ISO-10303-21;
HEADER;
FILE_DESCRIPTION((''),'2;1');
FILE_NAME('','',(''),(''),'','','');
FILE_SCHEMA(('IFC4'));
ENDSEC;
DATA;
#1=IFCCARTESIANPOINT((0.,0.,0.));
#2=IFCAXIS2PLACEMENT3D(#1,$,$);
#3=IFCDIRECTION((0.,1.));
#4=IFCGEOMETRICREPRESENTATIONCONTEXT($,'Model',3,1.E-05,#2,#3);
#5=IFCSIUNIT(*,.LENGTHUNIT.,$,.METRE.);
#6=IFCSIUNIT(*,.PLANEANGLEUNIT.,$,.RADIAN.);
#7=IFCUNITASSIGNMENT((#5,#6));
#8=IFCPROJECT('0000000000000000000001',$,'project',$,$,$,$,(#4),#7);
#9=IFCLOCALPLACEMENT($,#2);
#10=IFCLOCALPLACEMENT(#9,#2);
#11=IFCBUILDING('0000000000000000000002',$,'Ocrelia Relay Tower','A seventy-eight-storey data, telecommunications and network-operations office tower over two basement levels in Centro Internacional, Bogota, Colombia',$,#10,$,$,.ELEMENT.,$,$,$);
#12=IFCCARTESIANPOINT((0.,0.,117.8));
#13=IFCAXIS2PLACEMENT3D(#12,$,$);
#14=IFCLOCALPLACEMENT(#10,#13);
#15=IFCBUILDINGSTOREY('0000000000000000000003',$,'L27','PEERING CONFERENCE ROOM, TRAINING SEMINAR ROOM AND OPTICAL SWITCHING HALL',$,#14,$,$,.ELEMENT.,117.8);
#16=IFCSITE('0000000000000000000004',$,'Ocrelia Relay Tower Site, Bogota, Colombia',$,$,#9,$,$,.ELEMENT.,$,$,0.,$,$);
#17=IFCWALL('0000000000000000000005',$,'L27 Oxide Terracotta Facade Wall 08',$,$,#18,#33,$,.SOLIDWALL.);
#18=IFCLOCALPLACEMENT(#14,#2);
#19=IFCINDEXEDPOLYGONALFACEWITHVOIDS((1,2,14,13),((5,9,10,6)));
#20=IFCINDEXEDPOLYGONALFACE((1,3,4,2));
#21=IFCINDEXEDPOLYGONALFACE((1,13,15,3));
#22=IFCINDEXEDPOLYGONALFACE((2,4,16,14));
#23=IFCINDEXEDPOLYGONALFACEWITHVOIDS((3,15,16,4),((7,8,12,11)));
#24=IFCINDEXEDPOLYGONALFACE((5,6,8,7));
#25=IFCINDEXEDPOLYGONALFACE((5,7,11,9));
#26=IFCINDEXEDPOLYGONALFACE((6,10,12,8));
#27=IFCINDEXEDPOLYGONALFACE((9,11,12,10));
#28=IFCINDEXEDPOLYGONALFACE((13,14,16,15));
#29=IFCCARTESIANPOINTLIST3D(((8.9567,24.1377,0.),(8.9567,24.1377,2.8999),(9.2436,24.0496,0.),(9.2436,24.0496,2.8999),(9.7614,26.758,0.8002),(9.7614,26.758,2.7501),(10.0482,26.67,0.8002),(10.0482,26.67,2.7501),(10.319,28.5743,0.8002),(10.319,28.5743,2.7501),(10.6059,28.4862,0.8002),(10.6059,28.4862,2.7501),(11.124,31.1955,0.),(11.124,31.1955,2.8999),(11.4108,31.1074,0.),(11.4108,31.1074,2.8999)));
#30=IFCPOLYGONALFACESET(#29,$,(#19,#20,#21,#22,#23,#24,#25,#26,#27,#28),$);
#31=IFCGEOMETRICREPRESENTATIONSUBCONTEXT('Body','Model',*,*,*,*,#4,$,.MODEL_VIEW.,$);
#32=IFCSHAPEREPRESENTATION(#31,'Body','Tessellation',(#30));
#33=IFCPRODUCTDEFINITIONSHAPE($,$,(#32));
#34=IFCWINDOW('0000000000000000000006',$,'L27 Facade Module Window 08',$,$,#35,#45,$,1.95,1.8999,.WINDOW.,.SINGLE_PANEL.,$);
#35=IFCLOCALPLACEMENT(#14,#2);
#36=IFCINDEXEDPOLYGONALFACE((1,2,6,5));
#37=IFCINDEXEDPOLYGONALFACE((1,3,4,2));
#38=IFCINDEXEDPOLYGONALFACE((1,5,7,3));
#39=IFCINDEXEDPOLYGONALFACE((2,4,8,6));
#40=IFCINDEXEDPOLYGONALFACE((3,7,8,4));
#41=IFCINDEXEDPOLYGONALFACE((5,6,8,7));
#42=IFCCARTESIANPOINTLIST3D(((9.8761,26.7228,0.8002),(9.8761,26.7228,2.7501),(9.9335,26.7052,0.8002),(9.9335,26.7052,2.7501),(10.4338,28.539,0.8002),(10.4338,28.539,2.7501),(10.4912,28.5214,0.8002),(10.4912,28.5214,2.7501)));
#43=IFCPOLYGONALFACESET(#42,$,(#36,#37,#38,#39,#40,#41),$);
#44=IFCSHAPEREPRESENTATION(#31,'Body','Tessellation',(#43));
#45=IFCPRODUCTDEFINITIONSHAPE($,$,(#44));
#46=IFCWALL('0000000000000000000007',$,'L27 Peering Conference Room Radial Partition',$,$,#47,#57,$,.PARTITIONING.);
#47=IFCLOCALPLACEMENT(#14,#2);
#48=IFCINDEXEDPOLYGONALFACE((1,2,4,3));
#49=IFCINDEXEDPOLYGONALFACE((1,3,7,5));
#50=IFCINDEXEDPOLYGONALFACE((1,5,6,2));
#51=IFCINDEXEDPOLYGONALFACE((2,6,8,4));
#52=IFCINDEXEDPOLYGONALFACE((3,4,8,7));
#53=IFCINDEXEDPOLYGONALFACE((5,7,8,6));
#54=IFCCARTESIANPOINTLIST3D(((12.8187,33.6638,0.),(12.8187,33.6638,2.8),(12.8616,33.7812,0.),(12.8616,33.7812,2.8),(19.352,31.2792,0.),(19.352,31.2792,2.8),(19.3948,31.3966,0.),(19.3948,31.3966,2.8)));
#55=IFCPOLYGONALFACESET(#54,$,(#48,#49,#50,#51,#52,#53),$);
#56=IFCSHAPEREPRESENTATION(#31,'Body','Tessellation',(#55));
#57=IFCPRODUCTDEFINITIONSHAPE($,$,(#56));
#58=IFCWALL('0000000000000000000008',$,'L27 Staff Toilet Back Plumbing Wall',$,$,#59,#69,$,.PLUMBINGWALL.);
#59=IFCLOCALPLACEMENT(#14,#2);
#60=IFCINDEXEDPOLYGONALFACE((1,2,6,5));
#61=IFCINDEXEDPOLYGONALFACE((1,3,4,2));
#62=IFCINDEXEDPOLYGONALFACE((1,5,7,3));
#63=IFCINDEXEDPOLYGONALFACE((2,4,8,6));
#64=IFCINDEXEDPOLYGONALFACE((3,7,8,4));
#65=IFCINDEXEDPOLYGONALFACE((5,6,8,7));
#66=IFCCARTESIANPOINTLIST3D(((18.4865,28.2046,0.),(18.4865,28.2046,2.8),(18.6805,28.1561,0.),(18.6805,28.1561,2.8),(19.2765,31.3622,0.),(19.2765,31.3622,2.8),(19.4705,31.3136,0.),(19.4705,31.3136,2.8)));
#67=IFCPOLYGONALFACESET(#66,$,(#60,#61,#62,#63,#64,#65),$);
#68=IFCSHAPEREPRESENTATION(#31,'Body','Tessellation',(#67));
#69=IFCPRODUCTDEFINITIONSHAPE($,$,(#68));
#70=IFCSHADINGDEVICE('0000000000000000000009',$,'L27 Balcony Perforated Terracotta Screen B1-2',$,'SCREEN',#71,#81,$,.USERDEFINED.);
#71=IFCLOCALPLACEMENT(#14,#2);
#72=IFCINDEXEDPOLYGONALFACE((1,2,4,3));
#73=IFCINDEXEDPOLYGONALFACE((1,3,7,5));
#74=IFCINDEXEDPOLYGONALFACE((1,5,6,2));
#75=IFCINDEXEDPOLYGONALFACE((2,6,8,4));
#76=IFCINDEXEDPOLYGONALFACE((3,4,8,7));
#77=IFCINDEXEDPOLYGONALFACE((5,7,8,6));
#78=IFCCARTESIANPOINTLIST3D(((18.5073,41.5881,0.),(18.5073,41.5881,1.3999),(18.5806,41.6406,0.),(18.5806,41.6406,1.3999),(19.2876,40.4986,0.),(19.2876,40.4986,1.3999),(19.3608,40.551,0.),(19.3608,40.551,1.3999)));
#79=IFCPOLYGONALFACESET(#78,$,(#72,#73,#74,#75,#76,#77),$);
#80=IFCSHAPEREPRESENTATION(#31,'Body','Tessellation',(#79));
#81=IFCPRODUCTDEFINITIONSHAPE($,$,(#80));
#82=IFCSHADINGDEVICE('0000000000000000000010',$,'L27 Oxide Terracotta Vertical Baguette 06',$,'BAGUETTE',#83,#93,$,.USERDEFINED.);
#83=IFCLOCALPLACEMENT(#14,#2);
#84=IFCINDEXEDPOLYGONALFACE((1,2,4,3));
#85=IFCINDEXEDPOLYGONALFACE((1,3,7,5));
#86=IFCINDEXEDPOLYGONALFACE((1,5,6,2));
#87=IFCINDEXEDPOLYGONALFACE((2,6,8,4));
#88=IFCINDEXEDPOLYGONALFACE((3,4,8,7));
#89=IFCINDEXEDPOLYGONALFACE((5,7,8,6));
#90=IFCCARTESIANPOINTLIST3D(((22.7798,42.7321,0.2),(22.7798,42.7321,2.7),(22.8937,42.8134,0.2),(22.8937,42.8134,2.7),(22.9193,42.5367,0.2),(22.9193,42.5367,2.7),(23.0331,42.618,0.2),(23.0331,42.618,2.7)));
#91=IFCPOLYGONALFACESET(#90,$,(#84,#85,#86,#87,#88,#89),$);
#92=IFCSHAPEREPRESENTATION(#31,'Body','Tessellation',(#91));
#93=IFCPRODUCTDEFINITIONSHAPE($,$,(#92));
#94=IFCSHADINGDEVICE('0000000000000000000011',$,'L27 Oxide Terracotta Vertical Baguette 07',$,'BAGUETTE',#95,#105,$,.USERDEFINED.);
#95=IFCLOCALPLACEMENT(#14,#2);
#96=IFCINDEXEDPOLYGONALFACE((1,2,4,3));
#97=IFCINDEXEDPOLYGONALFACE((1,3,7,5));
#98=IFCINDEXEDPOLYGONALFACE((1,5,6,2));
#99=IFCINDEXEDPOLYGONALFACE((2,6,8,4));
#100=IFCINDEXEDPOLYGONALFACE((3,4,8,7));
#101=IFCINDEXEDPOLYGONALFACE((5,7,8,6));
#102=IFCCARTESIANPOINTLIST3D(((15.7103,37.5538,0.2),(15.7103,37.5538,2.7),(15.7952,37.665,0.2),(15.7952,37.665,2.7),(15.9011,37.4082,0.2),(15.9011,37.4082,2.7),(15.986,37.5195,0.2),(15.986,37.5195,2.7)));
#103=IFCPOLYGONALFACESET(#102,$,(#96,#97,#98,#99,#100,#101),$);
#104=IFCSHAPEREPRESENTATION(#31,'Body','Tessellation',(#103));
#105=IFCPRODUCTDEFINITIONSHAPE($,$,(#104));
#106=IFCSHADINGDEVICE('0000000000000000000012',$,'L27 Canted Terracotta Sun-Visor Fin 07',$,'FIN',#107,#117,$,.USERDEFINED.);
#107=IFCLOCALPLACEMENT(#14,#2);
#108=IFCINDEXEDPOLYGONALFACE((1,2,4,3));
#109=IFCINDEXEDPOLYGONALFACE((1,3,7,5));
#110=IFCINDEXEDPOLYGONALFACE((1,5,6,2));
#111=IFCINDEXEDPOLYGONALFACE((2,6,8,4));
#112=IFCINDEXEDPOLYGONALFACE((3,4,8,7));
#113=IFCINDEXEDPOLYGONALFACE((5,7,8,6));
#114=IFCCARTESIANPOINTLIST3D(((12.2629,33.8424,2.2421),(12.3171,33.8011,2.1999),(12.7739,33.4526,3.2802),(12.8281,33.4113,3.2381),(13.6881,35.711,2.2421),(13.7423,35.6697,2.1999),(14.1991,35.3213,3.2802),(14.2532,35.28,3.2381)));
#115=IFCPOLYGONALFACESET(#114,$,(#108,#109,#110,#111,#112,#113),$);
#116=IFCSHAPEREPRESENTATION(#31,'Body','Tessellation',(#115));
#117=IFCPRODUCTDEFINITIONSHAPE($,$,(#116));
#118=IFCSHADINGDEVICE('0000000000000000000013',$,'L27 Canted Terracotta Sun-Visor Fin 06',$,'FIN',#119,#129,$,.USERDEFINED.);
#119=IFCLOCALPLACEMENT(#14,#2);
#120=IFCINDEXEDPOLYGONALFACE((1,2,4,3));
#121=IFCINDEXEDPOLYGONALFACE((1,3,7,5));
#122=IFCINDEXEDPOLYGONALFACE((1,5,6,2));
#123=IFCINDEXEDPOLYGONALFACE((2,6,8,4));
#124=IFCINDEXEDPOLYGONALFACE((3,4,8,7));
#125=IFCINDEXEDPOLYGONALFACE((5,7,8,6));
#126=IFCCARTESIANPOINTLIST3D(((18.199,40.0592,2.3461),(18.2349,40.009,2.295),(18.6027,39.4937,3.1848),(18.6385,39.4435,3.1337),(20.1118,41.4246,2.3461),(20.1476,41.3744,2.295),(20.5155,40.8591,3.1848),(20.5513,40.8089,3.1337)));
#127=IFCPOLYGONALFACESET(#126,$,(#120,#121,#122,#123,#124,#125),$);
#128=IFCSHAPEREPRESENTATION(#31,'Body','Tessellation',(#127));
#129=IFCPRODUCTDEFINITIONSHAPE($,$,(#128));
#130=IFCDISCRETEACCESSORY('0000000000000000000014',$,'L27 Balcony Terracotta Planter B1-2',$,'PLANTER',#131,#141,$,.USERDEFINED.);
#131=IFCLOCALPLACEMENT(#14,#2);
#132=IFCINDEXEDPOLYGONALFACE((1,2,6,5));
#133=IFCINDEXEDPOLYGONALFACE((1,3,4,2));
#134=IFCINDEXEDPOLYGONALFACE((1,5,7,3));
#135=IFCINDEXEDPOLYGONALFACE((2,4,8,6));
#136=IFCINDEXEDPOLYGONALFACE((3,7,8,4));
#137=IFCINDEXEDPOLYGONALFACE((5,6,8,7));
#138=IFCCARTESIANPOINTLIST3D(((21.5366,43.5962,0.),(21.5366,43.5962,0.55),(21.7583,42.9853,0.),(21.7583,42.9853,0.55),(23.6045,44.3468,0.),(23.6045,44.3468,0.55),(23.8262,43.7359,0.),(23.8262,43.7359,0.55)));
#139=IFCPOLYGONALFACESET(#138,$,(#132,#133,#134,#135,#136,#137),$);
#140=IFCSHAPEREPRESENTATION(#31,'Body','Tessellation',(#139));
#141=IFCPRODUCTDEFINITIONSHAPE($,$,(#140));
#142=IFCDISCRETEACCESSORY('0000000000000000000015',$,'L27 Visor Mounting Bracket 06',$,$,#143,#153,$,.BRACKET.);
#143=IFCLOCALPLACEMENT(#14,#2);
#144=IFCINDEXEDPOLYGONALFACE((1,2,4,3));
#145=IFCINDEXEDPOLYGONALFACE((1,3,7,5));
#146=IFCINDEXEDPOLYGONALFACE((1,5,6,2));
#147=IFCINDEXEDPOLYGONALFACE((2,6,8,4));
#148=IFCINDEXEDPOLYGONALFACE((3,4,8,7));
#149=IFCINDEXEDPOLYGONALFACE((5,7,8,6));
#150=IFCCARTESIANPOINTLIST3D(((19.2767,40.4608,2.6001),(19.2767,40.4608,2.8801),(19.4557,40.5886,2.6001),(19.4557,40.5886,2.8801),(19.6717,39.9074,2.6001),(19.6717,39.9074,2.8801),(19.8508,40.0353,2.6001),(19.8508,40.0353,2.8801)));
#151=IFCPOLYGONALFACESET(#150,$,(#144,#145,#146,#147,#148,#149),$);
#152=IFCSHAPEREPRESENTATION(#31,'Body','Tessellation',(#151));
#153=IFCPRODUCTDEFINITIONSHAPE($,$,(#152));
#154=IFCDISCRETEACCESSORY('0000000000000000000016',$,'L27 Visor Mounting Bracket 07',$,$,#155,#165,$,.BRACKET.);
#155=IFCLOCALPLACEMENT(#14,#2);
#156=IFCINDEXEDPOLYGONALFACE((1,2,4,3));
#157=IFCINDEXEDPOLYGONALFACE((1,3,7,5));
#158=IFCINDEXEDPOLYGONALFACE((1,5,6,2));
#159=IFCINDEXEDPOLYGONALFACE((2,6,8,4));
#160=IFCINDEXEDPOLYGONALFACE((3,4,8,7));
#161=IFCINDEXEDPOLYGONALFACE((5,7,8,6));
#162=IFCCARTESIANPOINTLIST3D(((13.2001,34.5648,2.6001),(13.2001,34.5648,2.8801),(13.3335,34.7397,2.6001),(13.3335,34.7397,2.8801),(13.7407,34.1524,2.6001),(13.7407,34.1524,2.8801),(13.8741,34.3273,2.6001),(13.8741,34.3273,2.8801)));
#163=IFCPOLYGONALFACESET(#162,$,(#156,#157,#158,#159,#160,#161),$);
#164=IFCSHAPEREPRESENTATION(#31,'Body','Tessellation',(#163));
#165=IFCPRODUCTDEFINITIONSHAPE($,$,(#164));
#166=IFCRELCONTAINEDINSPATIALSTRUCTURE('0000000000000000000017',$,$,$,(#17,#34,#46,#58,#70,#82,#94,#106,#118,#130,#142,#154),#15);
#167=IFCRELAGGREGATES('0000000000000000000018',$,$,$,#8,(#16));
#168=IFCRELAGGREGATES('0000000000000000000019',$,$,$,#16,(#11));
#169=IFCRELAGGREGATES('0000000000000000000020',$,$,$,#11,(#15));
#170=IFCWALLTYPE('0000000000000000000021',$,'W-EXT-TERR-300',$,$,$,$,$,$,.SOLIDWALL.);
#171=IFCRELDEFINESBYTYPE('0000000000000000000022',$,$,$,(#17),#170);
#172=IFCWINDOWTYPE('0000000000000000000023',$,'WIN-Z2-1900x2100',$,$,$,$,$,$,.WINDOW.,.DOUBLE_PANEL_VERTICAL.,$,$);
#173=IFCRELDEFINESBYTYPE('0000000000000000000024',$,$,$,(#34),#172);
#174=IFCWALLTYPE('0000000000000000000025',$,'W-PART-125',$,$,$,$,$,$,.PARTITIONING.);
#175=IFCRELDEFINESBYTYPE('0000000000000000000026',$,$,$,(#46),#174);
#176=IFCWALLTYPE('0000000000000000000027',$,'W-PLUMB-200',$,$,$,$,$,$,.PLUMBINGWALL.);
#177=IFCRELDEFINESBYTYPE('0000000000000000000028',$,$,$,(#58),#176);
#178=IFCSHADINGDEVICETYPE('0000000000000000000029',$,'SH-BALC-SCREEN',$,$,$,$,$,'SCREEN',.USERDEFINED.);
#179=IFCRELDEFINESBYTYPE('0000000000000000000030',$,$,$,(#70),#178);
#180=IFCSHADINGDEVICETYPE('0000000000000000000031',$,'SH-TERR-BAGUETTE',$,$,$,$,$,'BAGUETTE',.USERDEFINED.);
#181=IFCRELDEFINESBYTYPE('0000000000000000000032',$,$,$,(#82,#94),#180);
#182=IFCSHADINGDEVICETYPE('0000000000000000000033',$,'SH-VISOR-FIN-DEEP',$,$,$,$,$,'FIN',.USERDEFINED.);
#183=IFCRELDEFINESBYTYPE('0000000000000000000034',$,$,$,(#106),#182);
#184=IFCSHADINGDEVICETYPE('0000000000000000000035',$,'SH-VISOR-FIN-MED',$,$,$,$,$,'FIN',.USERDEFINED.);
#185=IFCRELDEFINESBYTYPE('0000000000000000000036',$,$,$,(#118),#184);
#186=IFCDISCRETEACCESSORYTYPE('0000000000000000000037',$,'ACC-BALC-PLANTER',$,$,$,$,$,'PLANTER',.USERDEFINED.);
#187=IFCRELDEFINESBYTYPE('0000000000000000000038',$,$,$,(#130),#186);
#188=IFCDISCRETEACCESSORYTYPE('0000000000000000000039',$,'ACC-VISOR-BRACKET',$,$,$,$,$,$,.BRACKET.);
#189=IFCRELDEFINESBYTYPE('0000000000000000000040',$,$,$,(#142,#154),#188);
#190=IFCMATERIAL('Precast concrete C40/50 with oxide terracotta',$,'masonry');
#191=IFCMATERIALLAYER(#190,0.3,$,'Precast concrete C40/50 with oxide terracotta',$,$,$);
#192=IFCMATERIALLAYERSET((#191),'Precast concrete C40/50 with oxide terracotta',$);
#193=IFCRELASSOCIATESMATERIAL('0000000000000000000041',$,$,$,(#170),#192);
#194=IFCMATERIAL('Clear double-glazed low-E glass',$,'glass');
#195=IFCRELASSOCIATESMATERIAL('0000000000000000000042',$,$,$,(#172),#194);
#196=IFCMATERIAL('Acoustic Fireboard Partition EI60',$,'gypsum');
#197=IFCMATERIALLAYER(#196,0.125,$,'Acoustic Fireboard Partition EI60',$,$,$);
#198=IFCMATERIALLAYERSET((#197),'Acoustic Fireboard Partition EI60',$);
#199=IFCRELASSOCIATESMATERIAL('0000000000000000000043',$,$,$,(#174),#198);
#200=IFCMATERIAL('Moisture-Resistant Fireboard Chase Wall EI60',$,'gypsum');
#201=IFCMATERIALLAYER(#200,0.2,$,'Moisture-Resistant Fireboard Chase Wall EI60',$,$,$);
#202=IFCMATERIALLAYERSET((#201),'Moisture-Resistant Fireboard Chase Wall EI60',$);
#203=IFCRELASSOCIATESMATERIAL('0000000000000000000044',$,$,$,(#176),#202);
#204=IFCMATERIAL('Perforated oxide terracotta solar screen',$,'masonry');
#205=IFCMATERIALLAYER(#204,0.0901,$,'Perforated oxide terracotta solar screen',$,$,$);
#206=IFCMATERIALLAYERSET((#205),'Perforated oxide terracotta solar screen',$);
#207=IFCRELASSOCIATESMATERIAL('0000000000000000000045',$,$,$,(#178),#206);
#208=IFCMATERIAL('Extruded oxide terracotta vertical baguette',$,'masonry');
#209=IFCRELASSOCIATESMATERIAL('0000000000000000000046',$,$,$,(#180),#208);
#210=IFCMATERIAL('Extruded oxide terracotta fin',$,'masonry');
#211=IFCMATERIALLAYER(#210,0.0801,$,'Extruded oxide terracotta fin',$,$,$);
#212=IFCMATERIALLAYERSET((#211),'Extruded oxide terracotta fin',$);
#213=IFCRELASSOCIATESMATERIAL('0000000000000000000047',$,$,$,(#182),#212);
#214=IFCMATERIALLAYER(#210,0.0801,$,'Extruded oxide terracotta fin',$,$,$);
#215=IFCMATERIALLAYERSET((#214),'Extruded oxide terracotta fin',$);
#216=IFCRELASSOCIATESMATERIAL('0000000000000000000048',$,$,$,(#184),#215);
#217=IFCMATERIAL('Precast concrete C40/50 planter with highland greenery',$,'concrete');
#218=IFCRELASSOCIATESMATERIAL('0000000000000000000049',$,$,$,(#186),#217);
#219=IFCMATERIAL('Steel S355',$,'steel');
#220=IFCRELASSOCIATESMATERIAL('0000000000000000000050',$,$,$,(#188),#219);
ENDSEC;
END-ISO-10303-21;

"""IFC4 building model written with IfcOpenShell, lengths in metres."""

from ifc_helpers import new_model, si_unit, direction, frame, frame_2d, origin, origin_2d, place, context, subcontext, project, spatial, rectangle, extrude, material, layer, layer_set, type_object, element, fill, save


model = new_model("IFC4")

# Units and contexts
model_context = context("Model", 3, precision=1e-05, world=origin(), true_north=direction((0.0, 1.0)))
body_context = subcontext(model_context, "Body", "Model", "MODEL_VIEW")
ifc_project = project(units=[si_unit("LENGTHUNIT", "METRE"), si_unit("PLANEANGLEUNIT", "RADIAN")], contexts=[model_context])

# Site, building, storey
site_placement = place(None, origin())
site = spatial("IfcSite", under=ifc_project, at=site_placement, Name="Ocrelia Relay Tower Site, Bogota, Colombia", CompositionType="ELEMENT", RefElevation=0.0)
building_placement = place(site_placement, origin())
building = spatial("IfcBuilding", under=site, at=building_placement, Name="Ocrelia Relay Tower", Description="A seventy-eight-storey data, telecommunications and network-operations office tower over two basement levels in Centro Internacional, Bogota, Colombia", CompositionType="ELEMENT")
storey_placement = place(building_placement, frame((0.0, 0.0, 117.8)))
storey = spatial("IfcBuildingStorey", under=building, at=storey_placement, Name="L27", Description="PEERING CONFERENCE ROOM, TRAINING SEMINAR ROOM AND OPTICAL SWITCHING HALL", CompositionType="ELEMENT", Elevation=117.8)

# Shared definitions
ifc_material_1 = material(Name="Steel S355", Category="steel")

# Wall, opening, window
ifc_material_2 = material(Name="Precast concrete C40/50 with oxide terracotta", Category="masonry")
ifc_layer_1 = layer(ifc_material_2, 0.3, Name="Precast concrete C40/50 with oxide terracotta")
ifc_layer_set_1 = layer_set([ifc_layer_1], Name="Precast concrete C40/50 with oxide terracotta")
wall_type_1 = type_object("IfcWallType", Name="W-EXT-TERR-300", PredefinedType="SOLIDWALL", material=ifc_layer_set_1)
ifc_material_3 = material(Name="Clear double-glazed low-E glass", Category="glass")
window_type = type_object("IfcWindowType", Name="WIN-Z2-1900x2100", PartitioningType="DOUBLE_PANEL_VERTICAL", PredefinedType="WINDOW", material=ifc_material_3)
wall_1_placement = place(storey_placement, frame((11.2673, 31.1514, 0.0), z_axis=(0.0, 0.0, 1.0), x_axis=(-0.29354, -0.955947, 0.0)))
wall_1 = element("IfcWall", 1, at=wall_1_placement, inside=storey, type_object=wall_type_1, Name="L27 Oxide Terracotta Facade Wall 08", PredefinedType="SOLIDWALL", context=body_context, shape_type="SweptSolid", body=[
    extrude(rectangle(XDim=7.3831, YDim=0.3, at=frame_2d((3.6914, 0.0))), origin(), (0.0, 0.0, 1.0), 2.8999),
])
opening_1_placement = place(wall_1_placement, frame((2.7419, 0.0, 0.8)))
opening_1 = element("IfcOpeningElement", 2, at=opening_1_placement, cuts=wall_1, PredefinedType="OPENING", context=body_context, shape_type="SweptSolid", body=[
    extrude(rectangle(XDim=1.8999, YDim=1.95, at=frame_2d((0.95, 0.9751))), frame((0.0, 0.1602, 0.0), z_axis=(0.0, -1.0, 0.0), x_axis=(1.0, 0.0, 0.0)), (0.0, 0.0, 1.0), 0.3201),
])
window_1_placement = place(opening_1_placement, origin())
window_1 = element("IfcWindow", 3, at=window_1_placement, inside=storey, type_object=window_type, Name="L27 Facade Module Window 08", OverallHeight=1.95, OverallWidth=1.8999, PartitioningType="SINGLE_PANEL", PredefinedType="WINDOW", context=body_context, shape_type="SweptSolid", body=[
    extrude(rectangle(XDim=1.8999, YDim=1.95, at=frame_2d((0.95, 0.9751))), frame((0.0, 0.03, 0.0), z_axis=(0.0, -1.0, 0.0), x_axis=(1.0, 0.0, 0.0)), (0.0, 0.0, 1.0), 0.0601),
])
fill(opening_1, window_1)

# Walls
ifc_material_4 = material(Name="Acoustic Fireboard Partition EI60", Category="gypsum")
ifc_layer_2 = layer(ifc_material_4, 0.125, Name="Acoustic Fireboard Partition EI60")
ifc_layer_set_2 = layer_set([ifc_layer_2], Name="Acoustic Fireboard Partition EI60")
wall_type_2 = type_object("IfcWallType", Name="W-PART-125", PredefinedType="PARTITIONING", material=ifc_layer_set_2)
wall_2_placement = place(storey_placement, frame((19.3735, 31.3379, 0.0), z_axis=(0.0, 0.0, 1.0), x_axis=(-0.939386, 0.342862, 0.0)))
element("IfcWall", 4, at=wall_2_placement, inside=storey, type_object=wall_type_2, Name="L27 Peering Conference Room Radial Partition", PredefinedType="PARTITIONING", context=body_context, shape_type="SweptSolid", body=[
    extrude(rectangle(XDim=6.9548, YDim=0.125, at=frame_2d((3.4775, 0.0))), origin(), (0.0, 0.0, 1.0), 2.8),
])
ifc_material_5 = material(Name="Moisture-Resistant Fireboard Chase Wall EI60", Category="gypsum")
ifc_layer_3 = layer(ifc_material_5, 0.2, Name="Moisture-Resistant Fireboard Chase Wall EI60")
ifc_layer_set_3 = layer_set([ifc_layer_3], Name="Moisture-Resistant Fireboard Chase Wall EI60")
wall_type_3 = type_object("IfcWallType", Name="W-PLUMB-200", PredefinedType="PLUMBINGWALL", material=ifc_layer_set_3)
wall_3_placement = place(storey_placement, frame((19.3735, 31.3379, 0.0), z_axis=(0.0, 0.0, 1.0), x_axis=(-0.24273, -0.970094, 0.0)))
element("IfcWall", 5, at=wall_3_placement, inside=storey, type_object=wall_type_3, Name="L27 Staff Toilet Back Plumbing Wall", PredefinedType="PLUMBINGWALL", context=body_context, shape_type="SweptSolid", body=[
    extrude(rectangle(XDim=3.2549, YDim=0.2, at=frame_2d((1.6274, 0.0))), origin(), (0.0, 0.0, 1.0), 2.8),
])

# Shading devices
ifc_material_6 = material(Name="Perforated oxide terracotta solar screen", Category="masonry")
ifc_layer_4 = layer(ifc_material_6, 0.0901, Name="Perforated oxide terracotta solar screen")
ifc_layer_set_4 = layer_set([ifc_layer_4], Name="Perforated oxide terracotta solar screen")
shading_device_type_1 = type_object("IfcShadingDeviceType", Name="SH-BALC-SCREEN", ElementType="SCREEN", PredefinedType="USERDEFINED", material=ifc_layer_set_4)
shading_device_1_placement = place(storey_placement, frame((18.9341, 41.0696, 0.0), z_axis=(0.0, 0.0, 1.0), x_axis=(-0.582229, 0.813025, 0.0)))
element("IfcShadingDevice", 6, at=shading_device_1_placement, inside=storey, type_object=shading_device_type_1, Name="L27 Balcony Perforated Terracotta Screen B1-2", ObjectType="SCREEN", PredefinedType="USERDEFINED", context=body_context, shape_type="SweptSolid", body=[
    extrude(rectangle(XDim=1.3401, YDim=0.0901, at=origin_2d()), origin(), (0.0, 0.0, 1.0), 1.3999),
])
ifc_material_7 = material(Name="Extruded oxide terracotta vertical baguette", Category="masonry")
shading_device_type_2 = type_object("IfcShadingDeviceType", Name="SH-TERR-BAGUETTE", ElementType="BAGUETTE", PredefinedType="USERDEFINED", material=ifc_material_7)
for number, where, z_axis, x_axis, name in (
    (7, (22.9065, 42.675, 0.2), (0.0, 0.0, 1.0), (-0.813895, -0.581011, 0.0), "L27 Oxide Terracotta Vertical Baguette 06"),
    (8, (15.8481, 37.5366, 0.2), (0.0, 0.0, 1.0), (-0.606438, -0.795131, 0.0), "L27 Oxide Terracotta Vertical Baguette 07"),
):
    element("IfcShadingDevice", number, at=place(storey_placement, frame(where, z_axis=z_axis, x_axis=x_axis)), inside=storey, type_object=shading_device_type_2, Name=name, ObjectType="BAGUETTE", PredefinedType="USERDEFINED", context=body_context, shape_type="SweptSolid", body=[
        extrude(rectangle(XDim=0.1399, YDim=0.24, at=origin_2d()), origin(), (0.0, 0.0, 1.0), 2.5),
    ])
ifc_material_8 = material(Name="Extruded oxide terracotta fin", Category="masonry")
ifc_layer_5 = layer(ifc_material_8, 0.0801, Name="Extruded oxide terracotta fin")
ifc_layer_set_5 = layer_set([ifc_layer_5], Name="Extruded oxide terracotta fin")
shading_device_type_3 = type_object("IfcShadingDeviceType", Name="SH-VISOR-FIN-DEEP", ElementType="FIN", PredefinedType="USERDEFINED", material=ifc_layer_set_5)
shading_device_2_placement = place(storey_placement, frame((13.2852, 34.5405, 2.719), z_axis=(-0.676068, 0.51563, 0.526362), x_axis=(-0.606438, -0.795131, 0.0)))
element("IfcShadingDevice", 9, at=shading_device_2_placement, inside=storey, type_object=shading_device_type_3, Name="L27 Canted Terracotta Sun-Visor Fin 07", ObjectType="FIN", PredefinedType="USERDEFINED", context=body_context, shape_type="SweptSolid", body=[
    extrude(rectangle(XDim=2.3501, YDim=1.2209, at=origin_2d()), origin(), (0.0, 0.0, 1.0), 0.0801),
])
ifc_layer_6 = layer(ifc_material_8, 0.0801, Name="Extruded oxide terracotta fin")
ifc_layer_set_6 = layer_set([ifc_layer_6], Name="Extruded oxide terracotta fin")
shading_device_type_4 = type_object("IfcShadingDeviceType", Name="SH-VISOR-FIN-MED", ElementType="FIN", PredefinedType="USERDEFINED", material=ifc_layer_set_6)
shading_device_3_placement = place(storey_placement, frame((19.3931, 40.4089, 2.7144), z_axis=(-0.447418, 0.626755, 0.637962), x_axis=(-0.813895, -0.581011, 0.0)))
element("IfcShadingDevice", 10, at=shading_device_3_placement, inside=storey, type_object=shading_device_type_4, Name="L27 Canted Terracotta Sun-Visor Fin 06", ObjectType="FIN", PredefinedType="USERDEFINED", context=body_context, shape_type="SweptSolid", body=[
    extrude(rectangle(XDim=2.3501, YDim=1.0891, at=origin_2d()), origin(), (0.0, 0.0, 1.0), 0.0801),
])

# Discrete accessories
ifc_material_9 = material(Name="Precast concrete C40/50 planter with highland greenery", Category="concrete")
discrete_accessory_type_1 = type_object("IfcDiscreteAccessoryType", Name="ACC-BALC-PLANTER", ElementType="PLANTER", PredefinedType="USERDEFINED", material=ifc_material_9)
discrete_accessory_placement = place(storey_placement, frame((22.6814, 43.666, 0.0), z_axis=(0.0, 0.0, 1.0), x_axis=(0.93999, 0.341201, 0.0)))
element("IfcDiscreteAccessory", 11, at=discrete_accessory_placement, inside=storey, type_object=discrete_accessory_type_1, Name="L27 Balcony Terracotta Planter B1-2", ObjectType="PLANTER", PredefinedType="USERDEFINED", context=body_context, shape_type="SweptSolid", body=[
    extrude(rectangle(XDim=2.2, YDim=0.6499, at=origin_2d()), origin(), (0.0, 0.0, 1.0), 0.55),
])
discrete_accessory_type_2 = type_object("IfcDiscreteAccessoryType", Name="ACC-VISOR-BRACKET", PredefinedType="BRACKET", material=ifc_material_1)
for number, where, z_axis, x_axis, name in (
    (12, (19.5637, 40.248, 2.6001), (0.0, 0.0, 1.0), (-0.813895, -0.581011, 0.0), "L27 Visor Mounting Bracket 06"),
    (13, (13.5371, 34.446, 2.6001), (0.0, 0.0, 1.0), (-0.606438, -0.795131, 0.0), "L27 Visor Mounting Bracket 07"),
):
    element("IfcDiscreteAccessory", number, at=place(storey_placement, frame(where, z_axis=z_axis, x_axis=x_axis)), inside=storey, type_object=discrete_accessory_type_2, Name=name, PredefinedType="BRACKET", context=body_context, shape_type="SweptSolid", body=[
        extrude(rectangle(XDim=0.22, YDim=0.6799, at=origin_2d()), origin(), (0.0, 0.0, 1.0), 0.28),
    ])

save(model, "model.ifc")
